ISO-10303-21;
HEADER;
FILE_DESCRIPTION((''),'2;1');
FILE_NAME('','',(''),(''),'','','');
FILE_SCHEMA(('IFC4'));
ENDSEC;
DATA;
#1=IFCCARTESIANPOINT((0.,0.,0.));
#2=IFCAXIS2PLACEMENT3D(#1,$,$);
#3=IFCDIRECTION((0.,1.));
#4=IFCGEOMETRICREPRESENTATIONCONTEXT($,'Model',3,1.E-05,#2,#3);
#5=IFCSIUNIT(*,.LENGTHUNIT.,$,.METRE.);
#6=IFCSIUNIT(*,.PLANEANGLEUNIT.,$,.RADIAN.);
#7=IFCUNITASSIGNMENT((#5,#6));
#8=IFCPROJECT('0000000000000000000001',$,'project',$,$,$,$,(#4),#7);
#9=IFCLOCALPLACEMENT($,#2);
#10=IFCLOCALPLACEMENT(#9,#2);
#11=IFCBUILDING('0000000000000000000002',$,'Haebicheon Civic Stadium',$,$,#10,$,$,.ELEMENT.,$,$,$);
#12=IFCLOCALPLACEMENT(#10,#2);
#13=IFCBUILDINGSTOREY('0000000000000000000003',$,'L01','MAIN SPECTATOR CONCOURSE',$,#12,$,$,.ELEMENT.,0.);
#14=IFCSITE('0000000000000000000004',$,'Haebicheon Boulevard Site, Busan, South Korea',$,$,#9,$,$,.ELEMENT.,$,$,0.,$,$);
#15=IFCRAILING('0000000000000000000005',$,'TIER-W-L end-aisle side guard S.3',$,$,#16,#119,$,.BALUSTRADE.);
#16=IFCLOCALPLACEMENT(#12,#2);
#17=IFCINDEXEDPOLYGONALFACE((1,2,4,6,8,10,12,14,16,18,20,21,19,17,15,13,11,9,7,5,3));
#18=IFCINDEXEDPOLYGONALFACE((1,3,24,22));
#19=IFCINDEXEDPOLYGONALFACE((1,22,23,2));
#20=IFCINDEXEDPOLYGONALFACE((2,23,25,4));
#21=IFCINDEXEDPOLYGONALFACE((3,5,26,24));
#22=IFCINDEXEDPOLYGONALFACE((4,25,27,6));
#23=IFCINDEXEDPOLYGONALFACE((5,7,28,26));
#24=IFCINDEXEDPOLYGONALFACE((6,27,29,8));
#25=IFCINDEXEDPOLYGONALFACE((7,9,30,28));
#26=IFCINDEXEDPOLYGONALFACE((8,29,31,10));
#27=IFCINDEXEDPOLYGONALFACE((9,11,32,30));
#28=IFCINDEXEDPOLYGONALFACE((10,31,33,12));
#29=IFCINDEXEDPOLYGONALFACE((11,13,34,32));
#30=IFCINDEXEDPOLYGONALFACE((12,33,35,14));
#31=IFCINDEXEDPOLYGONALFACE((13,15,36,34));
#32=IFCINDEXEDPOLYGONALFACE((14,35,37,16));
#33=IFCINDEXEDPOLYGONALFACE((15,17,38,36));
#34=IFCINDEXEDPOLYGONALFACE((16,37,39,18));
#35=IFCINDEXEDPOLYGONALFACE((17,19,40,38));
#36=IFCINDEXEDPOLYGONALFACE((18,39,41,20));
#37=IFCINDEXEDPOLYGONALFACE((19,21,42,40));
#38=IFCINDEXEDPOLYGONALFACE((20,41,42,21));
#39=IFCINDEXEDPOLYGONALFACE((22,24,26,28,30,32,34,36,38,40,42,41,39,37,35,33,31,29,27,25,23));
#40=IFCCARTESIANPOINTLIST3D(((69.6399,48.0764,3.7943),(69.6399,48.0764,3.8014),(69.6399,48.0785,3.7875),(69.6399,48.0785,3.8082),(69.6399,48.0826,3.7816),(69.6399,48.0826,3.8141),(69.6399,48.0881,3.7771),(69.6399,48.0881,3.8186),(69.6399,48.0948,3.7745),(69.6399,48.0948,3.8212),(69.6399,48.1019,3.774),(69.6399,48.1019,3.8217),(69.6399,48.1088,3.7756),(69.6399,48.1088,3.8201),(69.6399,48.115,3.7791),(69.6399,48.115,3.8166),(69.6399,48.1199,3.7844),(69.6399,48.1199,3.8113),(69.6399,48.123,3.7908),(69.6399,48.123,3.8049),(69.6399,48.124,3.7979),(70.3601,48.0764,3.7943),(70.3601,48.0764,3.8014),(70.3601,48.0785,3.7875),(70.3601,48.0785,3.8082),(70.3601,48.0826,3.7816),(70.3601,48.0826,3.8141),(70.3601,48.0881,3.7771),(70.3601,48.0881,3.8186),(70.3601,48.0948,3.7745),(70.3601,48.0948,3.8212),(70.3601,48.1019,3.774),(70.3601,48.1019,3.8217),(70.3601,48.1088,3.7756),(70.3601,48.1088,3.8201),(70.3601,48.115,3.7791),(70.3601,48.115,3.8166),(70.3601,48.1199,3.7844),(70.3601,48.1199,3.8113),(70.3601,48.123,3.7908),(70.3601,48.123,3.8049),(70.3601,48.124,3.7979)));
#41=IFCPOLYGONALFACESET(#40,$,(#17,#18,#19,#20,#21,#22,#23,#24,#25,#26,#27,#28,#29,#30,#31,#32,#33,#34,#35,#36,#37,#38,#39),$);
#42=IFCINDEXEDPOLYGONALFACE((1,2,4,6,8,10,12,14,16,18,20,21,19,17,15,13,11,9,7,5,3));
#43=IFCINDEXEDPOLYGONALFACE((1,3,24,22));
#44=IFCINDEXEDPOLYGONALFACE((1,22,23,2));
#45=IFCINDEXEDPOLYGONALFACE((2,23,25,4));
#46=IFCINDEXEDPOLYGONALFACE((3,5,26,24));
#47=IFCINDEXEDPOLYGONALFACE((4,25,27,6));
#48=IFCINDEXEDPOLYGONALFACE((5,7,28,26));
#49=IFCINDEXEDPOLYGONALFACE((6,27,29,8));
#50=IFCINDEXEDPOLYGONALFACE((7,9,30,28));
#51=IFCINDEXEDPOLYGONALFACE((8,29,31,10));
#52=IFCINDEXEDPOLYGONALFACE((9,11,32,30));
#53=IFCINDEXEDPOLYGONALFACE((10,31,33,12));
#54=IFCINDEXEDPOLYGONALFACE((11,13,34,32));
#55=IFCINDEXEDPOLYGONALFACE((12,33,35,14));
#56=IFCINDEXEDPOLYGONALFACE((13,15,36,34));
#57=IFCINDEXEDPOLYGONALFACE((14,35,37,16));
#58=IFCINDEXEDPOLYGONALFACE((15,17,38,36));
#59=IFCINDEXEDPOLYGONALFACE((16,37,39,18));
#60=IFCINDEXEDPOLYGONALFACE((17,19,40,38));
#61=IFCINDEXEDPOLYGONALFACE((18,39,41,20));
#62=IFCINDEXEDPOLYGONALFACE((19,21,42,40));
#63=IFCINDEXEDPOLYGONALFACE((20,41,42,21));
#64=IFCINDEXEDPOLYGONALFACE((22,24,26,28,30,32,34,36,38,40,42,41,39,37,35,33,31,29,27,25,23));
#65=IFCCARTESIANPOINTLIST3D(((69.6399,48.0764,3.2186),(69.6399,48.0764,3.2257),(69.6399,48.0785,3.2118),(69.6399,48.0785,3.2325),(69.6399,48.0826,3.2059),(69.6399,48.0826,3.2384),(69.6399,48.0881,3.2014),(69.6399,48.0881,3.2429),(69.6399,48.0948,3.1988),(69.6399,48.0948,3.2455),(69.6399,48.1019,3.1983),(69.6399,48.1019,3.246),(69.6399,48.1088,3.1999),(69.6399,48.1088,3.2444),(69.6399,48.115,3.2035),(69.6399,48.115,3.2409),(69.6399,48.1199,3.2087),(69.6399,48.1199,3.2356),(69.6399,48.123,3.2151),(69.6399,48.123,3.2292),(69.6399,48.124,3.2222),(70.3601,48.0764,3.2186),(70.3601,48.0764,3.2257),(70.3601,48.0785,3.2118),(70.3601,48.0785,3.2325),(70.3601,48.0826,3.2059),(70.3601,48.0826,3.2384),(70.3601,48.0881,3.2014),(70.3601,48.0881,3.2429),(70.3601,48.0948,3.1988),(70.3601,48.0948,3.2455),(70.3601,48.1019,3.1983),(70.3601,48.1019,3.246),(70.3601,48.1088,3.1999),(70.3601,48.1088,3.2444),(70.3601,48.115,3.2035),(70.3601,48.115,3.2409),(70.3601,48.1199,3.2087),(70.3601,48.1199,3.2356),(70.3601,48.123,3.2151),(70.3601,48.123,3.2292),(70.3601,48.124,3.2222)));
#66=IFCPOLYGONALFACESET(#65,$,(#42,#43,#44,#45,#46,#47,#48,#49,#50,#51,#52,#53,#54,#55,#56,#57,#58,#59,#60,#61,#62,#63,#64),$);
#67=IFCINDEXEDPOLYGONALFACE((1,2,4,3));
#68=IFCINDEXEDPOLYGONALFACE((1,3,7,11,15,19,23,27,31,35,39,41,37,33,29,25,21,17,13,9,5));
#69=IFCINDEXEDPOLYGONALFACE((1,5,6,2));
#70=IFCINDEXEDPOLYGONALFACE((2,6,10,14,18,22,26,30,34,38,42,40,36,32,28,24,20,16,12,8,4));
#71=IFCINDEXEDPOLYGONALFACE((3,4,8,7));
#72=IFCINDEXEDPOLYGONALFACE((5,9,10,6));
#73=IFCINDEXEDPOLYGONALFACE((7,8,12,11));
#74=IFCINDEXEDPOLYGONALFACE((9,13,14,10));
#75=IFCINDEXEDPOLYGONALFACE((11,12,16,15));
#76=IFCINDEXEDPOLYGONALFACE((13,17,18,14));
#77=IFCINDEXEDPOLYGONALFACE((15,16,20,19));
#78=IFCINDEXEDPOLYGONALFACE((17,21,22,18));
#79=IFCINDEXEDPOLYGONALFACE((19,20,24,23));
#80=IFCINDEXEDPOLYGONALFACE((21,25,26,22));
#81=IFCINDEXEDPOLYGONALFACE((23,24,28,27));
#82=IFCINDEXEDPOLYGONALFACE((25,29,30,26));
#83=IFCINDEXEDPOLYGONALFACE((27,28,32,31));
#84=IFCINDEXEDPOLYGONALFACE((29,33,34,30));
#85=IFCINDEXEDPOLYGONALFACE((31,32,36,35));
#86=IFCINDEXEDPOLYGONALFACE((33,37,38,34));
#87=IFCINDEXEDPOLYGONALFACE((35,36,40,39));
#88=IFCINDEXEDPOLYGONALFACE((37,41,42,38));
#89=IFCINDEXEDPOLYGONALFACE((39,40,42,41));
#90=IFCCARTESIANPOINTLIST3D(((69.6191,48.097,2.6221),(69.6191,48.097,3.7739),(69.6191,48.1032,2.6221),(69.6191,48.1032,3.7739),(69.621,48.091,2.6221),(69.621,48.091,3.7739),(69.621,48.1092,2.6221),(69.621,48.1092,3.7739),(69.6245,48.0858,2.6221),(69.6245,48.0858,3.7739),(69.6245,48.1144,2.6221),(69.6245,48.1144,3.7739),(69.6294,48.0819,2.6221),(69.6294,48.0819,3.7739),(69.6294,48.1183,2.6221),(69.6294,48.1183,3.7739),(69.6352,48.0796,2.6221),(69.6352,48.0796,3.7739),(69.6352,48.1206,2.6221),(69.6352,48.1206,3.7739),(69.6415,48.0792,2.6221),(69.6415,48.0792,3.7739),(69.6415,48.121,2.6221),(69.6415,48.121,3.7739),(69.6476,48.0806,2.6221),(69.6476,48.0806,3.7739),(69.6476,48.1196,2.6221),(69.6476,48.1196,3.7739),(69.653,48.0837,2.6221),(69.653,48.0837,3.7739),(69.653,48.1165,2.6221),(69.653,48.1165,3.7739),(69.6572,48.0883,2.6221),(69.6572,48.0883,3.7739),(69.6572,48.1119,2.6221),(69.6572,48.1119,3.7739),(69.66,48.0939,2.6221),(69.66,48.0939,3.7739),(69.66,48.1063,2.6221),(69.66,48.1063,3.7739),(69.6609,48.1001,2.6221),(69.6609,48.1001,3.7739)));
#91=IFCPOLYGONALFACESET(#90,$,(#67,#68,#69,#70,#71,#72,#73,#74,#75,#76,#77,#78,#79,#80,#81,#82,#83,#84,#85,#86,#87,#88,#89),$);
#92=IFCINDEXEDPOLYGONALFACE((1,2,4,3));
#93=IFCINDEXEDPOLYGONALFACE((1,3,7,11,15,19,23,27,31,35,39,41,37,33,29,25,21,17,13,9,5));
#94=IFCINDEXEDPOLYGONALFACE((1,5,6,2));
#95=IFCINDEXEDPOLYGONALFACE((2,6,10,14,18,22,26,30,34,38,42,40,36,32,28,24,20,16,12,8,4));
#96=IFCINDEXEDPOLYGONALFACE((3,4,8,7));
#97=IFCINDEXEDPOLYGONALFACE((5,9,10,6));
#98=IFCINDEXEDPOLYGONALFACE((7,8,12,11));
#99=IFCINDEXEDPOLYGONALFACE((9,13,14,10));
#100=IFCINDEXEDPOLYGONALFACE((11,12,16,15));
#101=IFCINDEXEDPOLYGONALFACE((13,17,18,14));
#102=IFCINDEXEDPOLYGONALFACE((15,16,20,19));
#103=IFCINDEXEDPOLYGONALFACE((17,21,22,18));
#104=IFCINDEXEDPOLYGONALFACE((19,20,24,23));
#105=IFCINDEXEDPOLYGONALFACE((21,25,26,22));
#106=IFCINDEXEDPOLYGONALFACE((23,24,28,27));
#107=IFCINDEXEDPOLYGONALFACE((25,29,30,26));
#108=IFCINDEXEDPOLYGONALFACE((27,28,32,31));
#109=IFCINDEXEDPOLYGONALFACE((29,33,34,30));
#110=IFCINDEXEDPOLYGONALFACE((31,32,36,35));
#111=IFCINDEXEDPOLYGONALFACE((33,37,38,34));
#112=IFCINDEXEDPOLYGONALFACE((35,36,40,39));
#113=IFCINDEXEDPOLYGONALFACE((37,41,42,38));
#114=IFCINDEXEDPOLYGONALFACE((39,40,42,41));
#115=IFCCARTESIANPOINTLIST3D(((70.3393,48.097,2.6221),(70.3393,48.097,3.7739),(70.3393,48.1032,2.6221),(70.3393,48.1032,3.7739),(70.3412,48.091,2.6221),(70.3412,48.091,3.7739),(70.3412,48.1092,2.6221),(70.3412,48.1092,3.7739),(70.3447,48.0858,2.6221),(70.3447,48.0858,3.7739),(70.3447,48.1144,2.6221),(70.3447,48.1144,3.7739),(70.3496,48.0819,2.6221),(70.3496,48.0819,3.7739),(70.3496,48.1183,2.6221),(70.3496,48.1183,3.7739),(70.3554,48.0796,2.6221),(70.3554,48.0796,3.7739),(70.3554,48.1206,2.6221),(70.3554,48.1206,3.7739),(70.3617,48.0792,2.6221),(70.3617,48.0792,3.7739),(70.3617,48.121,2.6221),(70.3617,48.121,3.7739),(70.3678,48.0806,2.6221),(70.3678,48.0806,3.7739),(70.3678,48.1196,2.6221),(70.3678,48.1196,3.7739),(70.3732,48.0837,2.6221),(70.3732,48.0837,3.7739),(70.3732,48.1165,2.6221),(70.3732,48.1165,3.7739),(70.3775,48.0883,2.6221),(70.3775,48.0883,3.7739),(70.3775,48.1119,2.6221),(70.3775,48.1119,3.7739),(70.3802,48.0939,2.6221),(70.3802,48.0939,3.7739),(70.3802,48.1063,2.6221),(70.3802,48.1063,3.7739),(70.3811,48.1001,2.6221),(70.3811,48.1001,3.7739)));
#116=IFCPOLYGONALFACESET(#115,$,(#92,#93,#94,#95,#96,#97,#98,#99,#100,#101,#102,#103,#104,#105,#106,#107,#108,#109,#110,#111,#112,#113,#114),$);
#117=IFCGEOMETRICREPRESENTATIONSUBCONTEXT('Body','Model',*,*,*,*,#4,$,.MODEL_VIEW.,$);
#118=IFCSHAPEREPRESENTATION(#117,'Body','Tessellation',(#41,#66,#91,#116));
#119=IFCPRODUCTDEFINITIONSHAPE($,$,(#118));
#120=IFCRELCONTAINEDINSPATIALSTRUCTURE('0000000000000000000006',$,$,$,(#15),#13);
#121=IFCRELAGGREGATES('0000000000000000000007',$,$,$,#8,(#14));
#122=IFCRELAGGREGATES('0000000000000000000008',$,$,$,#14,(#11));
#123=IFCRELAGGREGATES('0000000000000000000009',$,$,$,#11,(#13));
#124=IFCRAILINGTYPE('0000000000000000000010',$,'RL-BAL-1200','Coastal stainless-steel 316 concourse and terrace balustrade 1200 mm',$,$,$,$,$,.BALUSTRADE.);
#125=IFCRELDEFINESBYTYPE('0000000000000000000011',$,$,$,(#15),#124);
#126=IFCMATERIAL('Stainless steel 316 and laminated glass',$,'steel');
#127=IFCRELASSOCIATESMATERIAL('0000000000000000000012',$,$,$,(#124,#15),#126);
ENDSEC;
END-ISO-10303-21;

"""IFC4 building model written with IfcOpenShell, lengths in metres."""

from ifc_helpers import new_model, si_unit, direction, frame, origin, origin_2d, place, context, subcontext, project, spatial, circle, extrude, material, type_object, element, save


model = new_model("IFC4")

# Units and contexts
model_context = context("Model", 3, precision=1e-05, world=origin(), true_north=direction((0.0, 1.0)))
body_context = subcontext(model_context, "Body", "Model", "MODEL_VIEW")
ifc_project = project(units=[si_unit("LENGTHUNIT", "METRE"), si_unit("PLANEANGLEUNIT", "RADIAN")], contexts=[model_context])

# Site, building, storey
site_placement = place(None, origin())
site = spatial("IfcSite", under=ifc_project, at=site_placement, Name="Haebicheon Boulevard Site, Busan, South Korea", CompositionType="ELEMENT", RefElevation=0.0)
building_placement = place(site_placement, origin())
building = spatial("IfcBuilding", under=site, at=building_placement, Name="Haebicheon Civic Stadium", CompositionType="ELEMENT")
storey_placement = place(building_placement, origin())
storey = spatial("IfcBuildingStorey", under=building, at=storey_placement, Name="L01", Description="MAIN SPECTATOR CONCOURSE", CompositionType="ELEMENT", Elevation=0.0)

# Railing
ifc_material_1 = material(Name="Stainless steel 316 and laminated glass", Category="steel")
railing_type = type_object("IfcRailingType", Name="RL-BAL-1200", Description="Coastal stainless-steel 316 concourse and terrace balustrade 1200 mm", PredefinedType="BALUSTRADE", material=ifc_material_1)
railing_1_placement = place(storey_placement, frame((69.6399, 48.1001, 2.6221)))
element("IfcRailing", 1, at=railing_1_placement, inside=storey, type_object=railing_type, material=ifc_material_1, Name="TIER-W-L end-aisle side guard S.3", PredefinedType="BALUSTRADE", context=body_context, shape_type="SweptSolid", body=[
    extrude(circle(Radius=0.0239, at=origin_2d()), frame((0.0, 0.0, 1.1758), z_axis=(1.0, 0.0, 0.0), x_axis=(0.0, 1.0, 0.0)), (0.0, 0.0, 1.0), 0.7202),
    extrude(circle(Radius=0.0239, at=origin_2d()), frame((0.0, 0.0, 0.6001), z_axis=(1.0, 0.0, 0.0), x_axis=(0.0, 1.0, 0.0)), (0.0, 0.0, 1.0), 0.7202),
    extrude(circle(Radius=0.021, at=origin_2d()), origin(), (0.0, 0.0, 1.0), 1.1519),
    extrude(circle(Radius=0.021, at=origin_2d()), frame((0.7202, 0.0, 0.0)), (0.0, 0.0, 1.0), 1.1519),
])

save(model, "model.ifc")
